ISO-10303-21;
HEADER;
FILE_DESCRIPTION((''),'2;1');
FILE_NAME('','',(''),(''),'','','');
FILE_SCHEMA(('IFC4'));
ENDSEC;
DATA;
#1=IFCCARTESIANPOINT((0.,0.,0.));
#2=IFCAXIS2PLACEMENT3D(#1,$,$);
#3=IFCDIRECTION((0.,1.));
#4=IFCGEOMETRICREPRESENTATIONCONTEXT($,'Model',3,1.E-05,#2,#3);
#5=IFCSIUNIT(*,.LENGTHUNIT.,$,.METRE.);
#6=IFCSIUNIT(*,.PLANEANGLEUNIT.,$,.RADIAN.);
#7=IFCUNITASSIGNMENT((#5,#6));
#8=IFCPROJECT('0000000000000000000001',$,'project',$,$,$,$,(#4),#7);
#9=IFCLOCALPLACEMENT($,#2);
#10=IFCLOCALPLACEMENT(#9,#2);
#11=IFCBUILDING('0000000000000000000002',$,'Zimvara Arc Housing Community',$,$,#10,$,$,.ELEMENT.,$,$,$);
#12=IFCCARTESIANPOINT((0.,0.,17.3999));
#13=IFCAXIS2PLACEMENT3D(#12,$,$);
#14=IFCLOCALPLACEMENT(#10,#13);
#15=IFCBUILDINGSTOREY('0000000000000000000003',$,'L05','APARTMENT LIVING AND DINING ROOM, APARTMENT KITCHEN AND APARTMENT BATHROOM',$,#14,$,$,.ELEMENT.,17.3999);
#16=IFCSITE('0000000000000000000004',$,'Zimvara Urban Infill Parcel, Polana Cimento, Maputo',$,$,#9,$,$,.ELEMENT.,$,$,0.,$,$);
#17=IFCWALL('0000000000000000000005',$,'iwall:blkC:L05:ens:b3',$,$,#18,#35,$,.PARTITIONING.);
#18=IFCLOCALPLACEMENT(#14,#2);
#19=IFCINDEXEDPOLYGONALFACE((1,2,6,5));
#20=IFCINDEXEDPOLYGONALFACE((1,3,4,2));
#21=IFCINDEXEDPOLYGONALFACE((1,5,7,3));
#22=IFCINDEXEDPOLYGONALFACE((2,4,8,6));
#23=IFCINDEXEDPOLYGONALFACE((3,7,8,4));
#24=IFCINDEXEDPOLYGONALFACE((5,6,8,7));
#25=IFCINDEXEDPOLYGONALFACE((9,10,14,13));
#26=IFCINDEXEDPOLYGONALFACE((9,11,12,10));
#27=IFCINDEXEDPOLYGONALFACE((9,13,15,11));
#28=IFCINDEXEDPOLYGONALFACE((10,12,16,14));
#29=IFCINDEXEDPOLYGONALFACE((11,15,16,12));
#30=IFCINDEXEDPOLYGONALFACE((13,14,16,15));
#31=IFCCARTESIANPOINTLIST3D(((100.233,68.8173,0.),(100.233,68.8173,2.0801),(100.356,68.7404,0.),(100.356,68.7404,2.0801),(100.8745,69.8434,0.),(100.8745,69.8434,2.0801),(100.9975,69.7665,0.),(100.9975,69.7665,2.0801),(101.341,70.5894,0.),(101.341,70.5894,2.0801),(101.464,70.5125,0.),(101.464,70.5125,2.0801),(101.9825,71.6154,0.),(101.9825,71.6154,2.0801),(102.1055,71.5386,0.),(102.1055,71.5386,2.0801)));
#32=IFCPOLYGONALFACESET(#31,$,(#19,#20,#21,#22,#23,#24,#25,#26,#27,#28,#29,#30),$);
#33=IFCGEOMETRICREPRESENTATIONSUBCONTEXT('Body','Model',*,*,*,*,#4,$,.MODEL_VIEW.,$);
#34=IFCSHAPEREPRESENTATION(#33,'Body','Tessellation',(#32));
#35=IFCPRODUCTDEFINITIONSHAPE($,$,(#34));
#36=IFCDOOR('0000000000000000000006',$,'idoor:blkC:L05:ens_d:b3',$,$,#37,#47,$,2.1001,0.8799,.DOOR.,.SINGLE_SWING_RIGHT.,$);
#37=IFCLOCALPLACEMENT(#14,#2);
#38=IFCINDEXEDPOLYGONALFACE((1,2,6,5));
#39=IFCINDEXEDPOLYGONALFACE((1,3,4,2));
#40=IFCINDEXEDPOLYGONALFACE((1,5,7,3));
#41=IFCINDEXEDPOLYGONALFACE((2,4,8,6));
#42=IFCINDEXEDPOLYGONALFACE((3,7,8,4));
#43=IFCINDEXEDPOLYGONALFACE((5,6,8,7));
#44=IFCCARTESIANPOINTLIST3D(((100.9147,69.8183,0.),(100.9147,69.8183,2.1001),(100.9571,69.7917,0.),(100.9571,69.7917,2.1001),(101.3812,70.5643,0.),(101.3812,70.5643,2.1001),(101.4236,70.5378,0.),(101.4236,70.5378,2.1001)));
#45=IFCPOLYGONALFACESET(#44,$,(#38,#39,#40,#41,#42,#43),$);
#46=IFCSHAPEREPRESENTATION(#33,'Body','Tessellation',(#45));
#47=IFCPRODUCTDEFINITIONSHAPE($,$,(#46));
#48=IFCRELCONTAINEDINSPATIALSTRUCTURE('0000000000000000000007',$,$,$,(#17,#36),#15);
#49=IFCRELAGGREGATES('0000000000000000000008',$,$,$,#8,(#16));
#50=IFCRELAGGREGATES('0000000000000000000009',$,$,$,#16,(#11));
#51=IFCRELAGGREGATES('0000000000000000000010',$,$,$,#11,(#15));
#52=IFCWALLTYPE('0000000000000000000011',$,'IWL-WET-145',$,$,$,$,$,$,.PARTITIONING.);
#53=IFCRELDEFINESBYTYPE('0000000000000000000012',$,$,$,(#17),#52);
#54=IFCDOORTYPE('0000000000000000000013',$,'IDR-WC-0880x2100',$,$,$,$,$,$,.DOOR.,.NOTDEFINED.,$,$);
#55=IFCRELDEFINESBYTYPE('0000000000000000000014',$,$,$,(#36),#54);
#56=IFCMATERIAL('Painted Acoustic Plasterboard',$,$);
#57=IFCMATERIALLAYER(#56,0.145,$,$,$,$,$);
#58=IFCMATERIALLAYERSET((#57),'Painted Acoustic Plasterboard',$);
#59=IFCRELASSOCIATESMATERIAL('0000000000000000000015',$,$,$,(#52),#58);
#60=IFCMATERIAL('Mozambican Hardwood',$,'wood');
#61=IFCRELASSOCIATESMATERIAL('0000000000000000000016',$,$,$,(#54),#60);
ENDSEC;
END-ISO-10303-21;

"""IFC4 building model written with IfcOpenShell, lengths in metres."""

from ifc_helpers import new_model, si_unit, direction, frame, frame_2d, origin, place, context, subcontext, project, spatial, rectangle, extrude, material, layer, layer_set, type_object, element, fill, save


model = new_model("IFC4")

# Units and contexts
model_context = context("Model", 3, precision=1e-05, world=origin(), true_north=direction((0.0, 1.0)))
body_context = subcontext(model_context, "Body", "Model", "MODEL_VIEW")
ifc_project = project(units=[si_unit("LENGTHUNIT", "METRE"), si_unit("PLANEANGLEUNIT", "RADIAN")], contexts=[model_context])

# Site, building, storey
site_placement = place(None, origin())
site = spatial("IfcSite", under=ifc_project, at=site_placement, Name="Zimvara Urban Infill Parcel, Polana Cimento, Maputo", CompositionType="ELEMENT", RefElevation=0.0)
building_placement = place(site_placement, origin())
building = spatial("IfcBuilding", under=site, at=building_placement, Name="Zimvara Arc Housing Community", CompositionType="ELEMENT")
storey_placement = place(building_placement, frame((0.0, 0.0, 17.3999)))
storey = spatial("IfcBuildingStorey", under=building, at=storey_placement, Name="L05", Description="APARTMENT LIVING AND DINING ROOM, APARTMENT KITCHEN AND APARTMENT BATHROOM", CompositionType="ELEMENT", Elevation=17.3999)

# Wall, opening, door
ifc_material_1 = material(Name="Painted Acoustic Plasterboard")
ifc_layer_1 = layer(ifc_material_1, 0.145)
ifc_layer_set_1 = layer_set([ifc_layer_1], Name="Painted Acoustic Plasterboard")
wall_type_1 = type_object("IfcWallType", Name="IWL-WET-145", PredefinedType="PARTITIONING", material=ifc_layer_set_1)
wall_1_placement = place(storey_placement, frame((102.0439, 71.5769, 0.0), z_axis=(0.0, 0.0, 1.0), x_axis=(-0.530152, -0.847903, 0.0)))
wall_1 = element("IfcWall", 1, at=wall_1_placement, inside=storey, type_object=wall_type_1, Name="iwall:blkC:L05:ens:b3", PredefinedType="PARTITIONING", context=body_context, shape_type="SweptSolid", body=[
    extrude(rectangle(XDim=3.3, YDim=0.145, at=frame_2d((1.6499, 0.0))), origin(), (0.0, 0.0, 1.0), 2.0801),
])
opening_1_placement = place(wall_1_placement, frame((1.21, 0.0, 0.0)))
opening_1 = element("IfcOpeningElement", 2, at=opening_1_placement, cuts=wall_1, PredefinedType="OPENING", context=body_context, shape_type="SweptSolid", body=[
    extrude(rectangle(XDim=0.8799, YDim=2.1001, at=frame_2d((0.4399, 1.05))), frame((0.0, 0.0825, 0.0), z_axis=(0.0, -1.0, 0.0), x_axis=(1.0, 0.0, 0.0)), (0.0, 0.0, 1.0), 0.165),
])
ifc_material_2 = material(Name="Mozambican Hardwood", Category="wood")
door_type_1 = type_object("IfcDoorType", Name="IDR-WC-0880x2100", OperationType="NOTDEFINED", PredefinedType="DOOR", material=ifc_material_2)
door_1_placement = place(opening_1_placement, origin())
door_1 = element("IfcDoor", 3, at=door_1_placement, inside=storey, type_object=door_type_1, Name="idoor:blkC:L05:ens_d:b3", OperationType="SINGLE_SWING_RIGHT", OverallHeight=2.1001, OverallWidth=0.8799, PredefinedType="DOOR", context=body_context, shape_type="SweptSolid", body=[
    extrude(rectangle(XDim=0.8799, YDim=2.1001, at=frame_2d((0.4399, 1.05))), frame((0.0, 0.0249, 0.0), z_axis=(0.0, -1.0, 0.0), x_axis=(1.0, 0.0, 0.0)), (0.0, 0.0, 1.0), 0.05),
])
fill(opening_1, door_1)

save(model, "model.ifc")
